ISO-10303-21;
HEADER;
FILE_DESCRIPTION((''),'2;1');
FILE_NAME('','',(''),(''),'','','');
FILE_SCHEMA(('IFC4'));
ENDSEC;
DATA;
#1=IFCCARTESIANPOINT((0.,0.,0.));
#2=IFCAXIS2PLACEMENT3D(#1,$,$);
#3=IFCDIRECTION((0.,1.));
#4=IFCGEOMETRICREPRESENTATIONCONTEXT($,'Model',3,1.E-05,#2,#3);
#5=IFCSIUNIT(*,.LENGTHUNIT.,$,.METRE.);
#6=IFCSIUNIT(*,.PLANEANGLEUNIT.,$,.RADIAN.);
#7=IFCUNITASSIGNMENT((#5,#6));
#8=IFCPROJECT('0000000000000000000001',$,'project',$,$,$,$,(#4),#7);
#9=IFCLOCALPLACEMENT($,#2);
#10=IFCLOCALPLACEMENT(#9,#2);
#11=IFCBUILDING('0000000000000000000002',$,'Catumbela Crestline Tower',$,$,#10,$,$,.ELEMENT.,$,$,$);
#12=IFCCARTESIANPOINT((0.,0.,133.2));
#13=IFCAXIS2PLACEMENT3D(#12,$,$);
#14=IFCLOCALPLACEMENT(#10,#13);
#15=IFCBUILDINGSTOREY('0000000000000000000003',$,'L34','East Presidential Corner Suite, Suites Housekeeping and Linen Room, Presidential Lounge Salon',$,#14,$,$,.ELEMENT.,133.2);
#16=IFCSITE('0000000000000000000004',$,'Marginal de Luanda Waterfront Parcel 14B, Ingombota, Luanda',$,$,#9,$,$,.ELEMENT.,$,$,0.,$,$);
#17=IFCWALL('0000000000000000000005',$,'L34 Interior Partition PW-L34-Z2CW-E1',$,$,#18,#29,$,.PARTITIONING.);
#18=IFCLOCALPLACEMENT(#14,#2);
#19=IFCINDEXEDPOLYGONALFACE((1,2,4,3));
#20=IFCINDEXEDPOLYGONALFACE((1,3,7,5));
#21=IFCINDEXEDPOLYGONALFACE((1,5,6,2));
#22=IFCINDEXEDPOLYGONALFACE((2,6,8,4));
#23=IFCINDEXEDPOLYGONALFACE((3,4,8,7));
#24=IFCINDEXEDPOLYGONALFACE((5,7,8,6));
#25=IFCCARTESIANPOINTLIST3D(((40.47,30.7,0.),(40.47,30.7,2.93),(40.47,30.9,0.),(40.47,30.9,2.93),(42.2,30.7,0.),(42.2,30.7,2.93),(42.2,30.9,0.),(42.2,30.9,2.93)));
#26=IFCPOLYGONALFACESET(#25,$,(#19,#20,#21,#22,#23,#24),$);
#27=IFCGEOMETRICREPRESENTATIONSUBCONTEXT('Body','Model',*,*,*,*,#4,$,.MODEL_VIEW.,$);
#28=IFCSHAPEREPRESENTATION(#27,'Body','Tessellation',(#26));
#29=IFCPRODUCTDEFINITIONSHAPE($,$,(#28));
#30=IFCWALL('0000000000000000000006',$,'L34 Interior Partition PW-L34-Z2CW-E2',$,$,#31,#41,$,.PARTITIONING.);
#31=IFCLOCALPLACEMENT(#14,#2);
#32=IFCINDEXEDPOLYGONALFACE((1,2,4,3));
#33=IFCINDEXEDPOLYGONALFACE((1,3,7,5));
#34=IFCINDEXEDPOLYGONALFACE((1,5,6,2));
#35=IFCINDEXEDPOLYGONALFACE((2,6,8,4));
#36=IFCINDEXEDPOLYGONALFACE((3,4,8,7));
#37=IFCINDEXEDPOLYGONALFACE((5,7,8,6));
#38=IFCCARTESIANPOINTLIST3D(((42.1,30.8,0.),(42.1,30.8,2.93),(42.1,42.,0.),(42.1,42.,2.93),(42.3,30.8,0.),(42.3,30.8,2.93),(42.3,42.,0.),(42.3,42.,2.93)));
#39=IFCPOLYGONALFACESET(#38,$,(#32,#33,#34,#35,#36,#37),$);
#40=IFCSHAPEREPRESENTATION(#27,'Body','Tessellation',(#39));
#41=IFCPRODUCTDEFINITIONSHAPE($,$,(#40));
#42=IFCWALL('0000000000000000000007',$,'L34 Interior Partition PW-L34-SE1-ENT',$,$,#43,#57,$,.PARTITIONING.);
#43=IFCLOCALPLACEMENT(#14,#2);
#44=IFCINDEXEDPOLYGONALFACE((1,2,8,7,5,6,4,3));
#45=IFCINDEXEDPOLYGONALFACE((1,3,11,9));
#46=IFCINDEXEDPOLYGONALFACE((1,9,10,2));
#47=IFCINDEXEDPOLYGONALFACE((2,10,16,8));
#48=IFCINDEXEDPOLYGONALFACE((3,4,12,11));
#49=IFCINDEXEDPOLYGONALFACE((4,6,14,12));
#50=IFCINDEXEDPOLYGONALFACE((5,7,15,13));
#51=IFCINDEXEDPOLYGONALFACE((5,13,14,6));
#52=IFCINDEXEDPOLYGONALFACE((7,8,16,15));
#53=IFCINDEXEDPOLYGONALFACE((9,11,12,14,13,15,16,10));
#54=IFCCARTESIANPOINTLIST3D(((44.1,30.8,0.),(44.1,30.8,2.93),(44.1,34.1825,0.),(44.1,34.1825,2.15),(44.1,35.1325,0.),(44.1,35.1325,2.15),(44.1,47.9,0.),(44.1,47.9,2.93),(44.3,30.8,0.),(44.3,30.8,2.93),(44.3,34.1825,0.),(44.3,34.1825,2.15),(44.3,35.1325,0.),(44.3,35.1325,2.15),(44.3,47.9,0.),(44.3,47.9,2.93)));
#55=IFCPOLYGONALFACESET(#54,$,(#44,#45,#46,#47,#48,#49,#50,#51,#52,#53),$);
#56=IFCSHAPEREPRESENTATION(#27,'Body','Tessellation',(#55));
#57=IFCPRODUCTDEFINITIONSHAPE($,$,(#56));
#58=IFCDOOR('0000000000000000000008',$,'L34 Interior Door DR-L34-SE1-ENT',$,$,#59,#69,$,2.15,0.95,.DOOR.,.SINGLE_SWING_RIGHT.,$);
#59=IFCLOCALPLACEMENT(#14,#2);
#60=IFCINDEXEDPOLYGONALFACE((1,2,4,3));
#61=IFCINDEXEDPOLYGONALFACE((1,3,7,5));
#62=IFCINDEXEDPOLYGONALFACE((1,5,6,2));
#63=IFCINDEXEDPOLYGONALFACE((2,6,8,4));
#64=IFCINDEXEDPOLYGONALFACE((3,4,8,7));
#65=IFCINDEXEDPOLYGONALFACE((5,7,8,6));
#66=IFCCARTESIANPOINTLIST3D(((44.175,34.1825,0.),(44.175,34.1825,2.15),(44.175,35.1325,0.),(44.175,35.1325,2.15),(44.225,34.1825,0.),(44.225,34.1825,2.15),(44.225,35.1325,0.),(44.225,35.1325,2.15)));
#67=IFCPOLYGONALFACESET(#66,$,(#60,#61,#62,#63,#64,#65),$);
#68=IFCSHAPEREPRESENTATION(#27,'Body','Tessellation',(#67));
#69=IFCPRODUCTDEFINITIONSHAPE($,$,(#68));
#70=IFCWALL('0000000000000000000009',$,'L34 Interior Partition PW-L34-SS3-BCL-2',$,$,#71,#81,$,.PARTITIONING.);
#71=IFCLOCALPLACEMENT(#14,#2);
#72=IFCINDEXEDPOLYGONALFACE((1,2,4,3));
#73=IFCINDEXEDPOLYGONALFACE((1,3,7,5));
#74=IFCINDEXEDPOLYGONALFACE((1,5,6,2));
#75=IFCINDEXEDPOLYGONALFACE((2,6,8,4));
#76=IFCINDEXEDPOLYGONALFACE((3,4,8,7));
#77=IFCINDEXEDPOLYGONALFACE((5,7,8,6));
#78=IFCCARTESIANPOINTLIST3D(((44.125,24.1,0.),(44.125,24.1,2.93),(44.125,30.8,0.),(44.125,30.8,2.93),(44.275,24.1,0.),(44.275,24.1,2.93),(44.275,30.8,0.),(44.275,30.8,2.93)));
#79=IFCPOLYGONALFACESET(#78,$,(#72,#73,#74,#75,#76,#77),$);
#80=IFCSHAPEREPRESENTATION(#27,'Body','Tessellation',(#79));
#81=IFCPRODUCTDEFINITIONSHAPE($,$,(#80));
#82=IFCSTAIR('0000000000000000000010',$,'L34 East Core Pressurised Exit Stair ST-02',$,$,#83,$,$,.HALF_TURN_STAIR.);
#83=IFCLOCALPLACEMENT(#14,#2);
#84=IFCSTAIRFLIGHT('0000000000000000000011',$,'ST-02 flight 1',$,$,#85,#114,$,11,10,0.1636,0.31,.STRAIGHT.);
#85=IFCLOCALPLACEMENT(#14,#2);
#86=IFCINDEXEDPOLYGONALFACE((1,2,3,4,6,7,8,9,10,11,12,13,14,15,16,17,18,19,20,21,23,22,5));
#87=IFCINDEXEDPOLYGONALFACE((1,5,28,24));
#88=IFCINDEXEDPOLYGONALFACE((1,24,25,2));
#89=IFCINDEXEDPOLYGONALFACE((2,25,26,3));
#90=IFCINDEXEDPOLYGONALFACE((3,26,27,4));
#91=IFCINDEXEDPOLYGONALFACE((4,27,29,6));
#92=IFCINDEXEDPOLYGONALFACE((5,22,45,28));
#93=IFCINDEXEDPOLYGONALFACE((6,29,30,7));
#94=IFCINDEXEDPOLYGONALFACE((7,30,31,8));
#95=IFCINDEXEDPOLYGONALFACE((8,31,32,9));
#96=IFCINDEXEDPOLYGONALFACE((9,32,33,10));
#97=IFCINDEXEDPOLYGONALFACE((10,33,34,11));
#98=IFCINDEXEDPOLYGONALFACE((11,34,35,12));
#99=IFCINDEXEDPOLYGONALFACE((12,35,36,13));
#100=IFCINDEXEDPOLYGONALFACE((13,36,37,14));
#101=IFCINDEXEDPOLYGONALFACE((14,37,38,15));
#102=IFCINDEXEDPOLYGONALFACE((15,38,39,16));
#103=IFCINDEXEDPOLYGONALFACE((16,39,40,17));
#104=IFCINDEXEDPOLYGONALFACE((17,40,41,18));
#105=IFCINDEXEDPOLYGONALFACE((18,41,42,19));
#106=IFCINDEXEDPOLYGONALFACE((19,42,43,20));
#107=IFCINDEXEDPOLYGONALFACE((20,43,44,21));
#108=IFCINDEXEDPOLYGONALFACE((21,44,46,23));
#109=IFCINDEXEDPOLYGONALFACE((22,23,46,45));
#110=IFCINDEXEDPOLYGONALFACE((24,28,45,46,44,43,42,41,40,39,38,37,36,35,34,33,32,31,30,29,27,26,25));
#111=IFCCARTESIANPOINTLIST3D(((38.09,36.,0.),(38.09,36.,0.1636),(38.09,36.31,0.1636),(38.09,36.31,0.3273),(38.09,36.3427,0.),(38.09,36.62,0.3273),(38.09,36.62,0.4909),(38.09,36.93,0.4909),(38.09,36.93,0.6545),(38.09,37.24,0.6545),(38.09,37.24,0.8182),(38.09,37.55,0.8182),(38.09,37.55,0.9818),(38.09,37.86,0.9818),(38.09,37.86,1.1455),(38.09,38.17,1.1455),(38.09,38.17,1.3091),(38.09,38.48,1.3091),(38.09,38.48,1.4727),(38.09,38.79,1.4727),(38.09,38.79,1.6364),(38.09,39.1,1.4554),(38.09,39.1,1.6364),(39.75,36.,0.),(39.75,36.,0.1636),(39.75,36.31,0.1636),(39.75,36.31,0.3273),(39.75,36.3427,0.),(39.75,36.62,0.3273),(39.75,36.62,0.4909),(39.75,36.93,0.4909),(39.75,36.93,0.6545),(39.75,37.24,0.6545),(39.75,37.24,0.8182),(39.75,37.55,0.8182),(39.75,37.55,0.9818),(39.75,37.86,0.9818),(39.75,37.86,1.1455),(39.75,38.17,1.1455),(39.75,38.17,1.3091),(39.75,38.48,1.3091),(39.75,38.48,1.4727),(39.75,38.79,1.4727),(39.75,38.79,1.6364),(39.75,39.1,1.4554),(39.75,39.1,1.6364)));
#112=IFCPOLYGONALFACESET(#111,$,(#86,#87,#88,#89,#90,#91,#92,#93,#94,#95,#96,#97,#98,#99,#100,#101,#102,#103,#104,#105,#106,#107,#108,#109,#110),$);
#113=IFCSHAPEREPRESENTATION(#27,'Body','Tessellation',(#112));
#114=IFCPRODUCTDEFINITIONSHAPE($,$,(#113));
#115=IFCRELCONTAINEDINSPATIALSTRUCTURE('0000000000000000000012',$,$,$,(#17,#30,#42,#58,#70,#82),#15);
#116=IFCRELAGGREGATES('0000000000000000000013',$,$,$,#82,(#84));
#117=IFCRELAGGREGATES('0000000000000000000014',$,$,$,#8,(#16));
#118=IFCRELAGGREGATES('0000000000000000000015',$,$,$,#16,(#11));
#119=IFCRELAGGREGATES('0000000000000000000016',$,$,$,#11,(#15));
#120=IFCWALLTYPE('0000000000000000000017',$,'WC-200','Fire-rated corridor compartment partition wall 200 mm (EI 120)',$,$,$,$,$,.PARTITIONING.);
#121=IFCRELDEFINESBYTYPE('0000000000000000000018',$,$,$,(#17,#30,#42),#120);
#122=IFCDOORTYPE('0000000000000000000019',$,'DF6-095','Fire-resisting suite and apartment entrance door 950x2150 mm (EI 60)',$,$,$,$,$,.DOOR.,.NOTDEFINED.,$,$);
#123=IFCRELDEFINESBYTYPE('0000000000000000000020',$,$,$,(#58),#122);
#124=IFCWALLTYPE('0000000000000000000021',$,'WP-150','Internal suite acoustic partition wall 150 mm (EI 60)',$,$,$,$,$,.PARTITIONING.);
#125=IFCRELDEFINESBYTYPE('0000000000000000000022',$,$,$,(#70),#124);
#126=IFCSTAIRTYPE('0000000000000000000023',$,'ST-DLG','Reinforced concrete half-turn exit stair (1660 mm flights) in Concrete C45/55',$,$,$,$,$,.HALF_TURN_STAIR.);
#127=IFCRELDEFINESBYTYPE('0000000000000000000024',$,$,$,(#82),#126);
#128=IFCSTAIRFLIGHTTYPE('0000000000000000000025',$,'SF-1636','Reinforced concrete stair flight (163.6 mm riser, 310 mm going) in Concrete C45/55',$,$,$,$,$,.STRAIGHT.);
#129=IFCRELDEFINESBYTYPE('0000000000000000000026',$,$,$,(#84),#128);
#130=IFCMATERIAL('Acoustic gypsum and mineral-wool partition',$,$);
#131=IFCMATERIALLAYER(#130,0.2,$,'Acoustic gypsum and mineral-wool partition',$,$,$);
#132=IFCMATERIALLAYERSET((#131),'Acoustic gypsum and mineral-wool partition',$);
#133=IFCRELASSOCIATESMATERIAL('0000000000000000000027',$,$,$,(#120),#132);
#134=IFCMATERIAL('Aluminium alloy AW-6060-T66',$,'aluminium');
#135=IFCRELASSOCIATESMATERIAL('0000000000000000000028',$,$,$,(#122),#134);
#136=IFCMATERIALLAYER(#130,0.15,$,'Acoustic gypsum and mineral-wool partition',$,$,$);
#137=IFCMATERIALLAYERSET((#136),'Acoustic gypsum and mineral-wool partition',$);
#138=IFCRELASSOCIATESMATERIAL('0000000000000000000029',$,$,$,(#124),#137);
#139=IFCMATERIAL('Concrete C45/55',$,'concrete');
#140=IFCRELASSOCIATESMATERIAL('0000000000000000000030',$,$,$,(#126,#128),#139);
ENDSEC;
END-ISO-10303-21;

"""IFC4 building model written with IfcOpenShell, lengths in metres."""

from ifc_helpers import new_model, si_unit, direction, frame, frame_2d, origin, place, context, subcontext, project, spatial, polyline, rectangle, outline, extrude, material, layer, layer_set, type_object, element, fill, aggregate, save


model = new_model("IFC4")

# Units and contexts
model_context = context("Model", 3, precision=1e-05, world=origin(), true_north=direction((0.0, 1.0)))
body_context = subcontext(model_context, "Body", "Model", "MODEL_VIEW")
ifc_project = project(units=[si_unit("LENGTHUNIT", "METRE"), si_unit("PLANEANGLEUNIT", "RADIAN")], contexts=[model_context])

# Site, building, storey
site_placement = place(None, origin())
site = spatial("IfcSite", under=ifc_project, at=site_placement, Name="Marginal de Luanda Waterfront Parcel 14B, Ingombota, Luanda", CompositionType="ELEMENT", RefElevation=0.0)
building_placement = place(site_placement, origin())
building = spatial("IfcBuilding", under=site, at=building_placement, Name="Catumbela Crestline Tower", CompositionType="ELEMENT")
storey_placement = place(building_placement, frame((0.0, 0.0, 133.2)))
storey = spatial("IfcBuildingStorey", under=building, at=storey_placement, Name="L34", Description="East Presidential Corner Suite, Suites Housekeeping and Linen Room, Presidential Lounge Salon", CompositionType="ELEMENT", Elevation=133.2)

# Shared definitions
ifc_material_1 = material(Name="Aluminium alloy AW-6060-T66", Category="aluminium")

# Walls
ifc_material_2 = material(Name="Acoustic gypsum and mineral-wool partition")
ifc_layer_1 = layer(ifc_material_2, 0.2, Name="Acoustic gypsum and mineral-wool partition")
ifc_layer_set_1 = layer_set([ifc_layer_1], Name="Acoustic gypsum and mineral-wool partition")
wall_type_1 = type_object("IfcWallType", Name="WC-200", Description="Fire-rated corridor compartment partition wall 200 mm (EI 120)", PredefinedType="PARTITIONING", material=ifc_layer_set_1)
wall_1_placement = place(storey_placement, frame((40.47, 30.8, 0.0), z_axis=(0.0, 0.0, 1.0), x_axis=(1.0, 0.0, 0.0)))
element("IfcWall", 1, at=wall_1_placement, inside=storey, type_object=wall_type_1, Name="L34 Interior Partition PW-L34-Z2CW-E1", PredefinedType="PARTITIONING", context=body_context, shape_type="SweptSolid", body=[
    extrude(rectangle(XDim=1.73, YDim=0.2, at=frame_2d((0.865, 0.0))), origin(), (0.0, 0.0, 1.0), 2.93),
])
wall_2_placement = place(storey_placement, frame((42.2, 30.8, 0.0), z_axis=(0.0, 0.0, 1.0), x_axis=(0.0, 1.0, 0.0)))
element("IfcWall", 2, at=wall_2_placement, inside=storey, type_object=wall_type_1, Name="L34 Interior Partition PW-L34-Z2CW-E2", PredefinedType="PARTITIONING", context=body_context, shape_type="SweptSolid", body=[
    extrude(rectangle(XDim=11.2, YDim=0.2, at=frame_2d((5.6, 0.0))), origin(), (0.0, 0.0, 1.0), 2.93),
])

# Wall, opening, door
wall_3_placement = place(storey_placement, frame((44.2, 30.8, 0.0), z_axis=(0.0, 0.0, 1.0), x_axis=(0.0, 1.0, 0.0)))
wall_3 = element("IfcWall", 3, at=wall_3_placement, inside=storey, type_object=wall_type_1, Name="L34 Interior Partition PW-L34-SE1-ENT", PredefinedType="PARTITIONING", context=body_context, shape_type="SweptSolid", body=[
    extrude(rectangle(XDim=17.1, YDim=0.2, at=frame_2d((8.55, 0.0))), origin(), (0.0, 0.0, 1.0), 2.93),
])
opening_placement = place(wall_3_placement, frame((3.3825, 0.0, 0.0)))
opening = element("IfcOpeningElement", 4, at=opening_placement, cuts=wall_3, PredefinedType="OPENING", context=body_context, shape_type="SweptSolid", body=[
    extrude(rectangle(XDim=0.95, YDim=2.15, at=frame_2d((0.475, 1.075))), frame((0.0, 0.11, 0.0), z_axis=(0.0, -1.0, 0.0), x_axis=(1.0, 0.0, 0.0)), (0.0, 0.0, 1.0), 0.22),
])
door_type = type_object("IfcDoorType", Name="DF6-095", Description="Fire-resisting suite and apartment entrance door 950x2150 mm (EI 60)", OperationType="NOTDEFINED", PredefinedType="DOOR", material=ifc_material_1)
door_placement = place(opening_placement, origin())
door = element("IfcDoor", 5, at=door_placement, inside=storey, type_object=door_type, Name="L34 Interior Door DR-L34-SE1-ENT", OperationType="SINGLE_SWING_RIGHT", OverallHeight=2.15, OverallWidth=0.95, PredefinedType="DOOR", context=body_context, shape_type="SweptSolid", body=[
    extrude(rectangle(XDim=0.95, YDim=2.15, at=frame_2d((0.475, 1.075))), frame((0.0, 0.025, 0.0), z_axis=(0.0, -1.0, 0.0), x_axis=(1.0, 0.0, 0.0)), (0.0, 0.0, 1.0), 0.05),
])
fill(opening, door)

# Wall
ifc_layer_2 = layer(ifc_material_2, 0.15, Name="Acoustic gypsum and mineral-wool partition")
ifc_layer_set_2 = layer_set([ifc_layer_2], Name="Acoustic gypsum and mineral-wool partition")
wall_type_2 = type_object("IfcWallType", Name="WP-150", Description="Internal suite acoustic partition wall 150 mm (EI 60)", PredefinedType="PARTITIONING", material=ifc_layer_set_2)
wall_4_placement = place(storey_placement, frame((44.2, 30.8, 0.0), z_axis=(0.0, 0.0, 1.0), x_axis=(0.0, -1.0, 0.0)))
element("IfcWall", 6, at=wall_4_placement, inside=storey, type_object=wall_type_2, Name="L34 Interior Partition PW-L34-SS3-BCL-2", PredefinedType="PARTITIONING", context=body_context, shape_type="SweptSolid", body=[
    extrude(rectangle(XDim=6.7, YDim=0.15, at=frame_2d((3.35, 0.0))), origin(), (0.0, 0.0, 1.0), 2.93),
])

# Stair, stair flight
ifc_material_3 = material(Name="Concrete C45/55", Category="concrete")
stair_type = type_object("IfcStairType", Name="ST-DLG", Description="Reinforced concrete half-turn exit stair (1660 mm flights) in Concrete C45/55", PredefinedType="HALF_TURN_STAIR", material=ifc_material_3)
stair_placement = place(storey_placement, origin())
stair = element("IfcStair", 7, at=stair_placement, inside=storey, type_object=stair_type, Name="L34 East Core Pressurised Exit Stair ST-02", PredefinedType="HALF_TURN_STAIR")
stair_flight_type = type_object("IfcStairFlightType", Name="SF-1636", Description="Reinforced concrete stair flight (163.6 mm riser, 310 mm going) in Concrete C45/55", PredefinedType="STRAIGHT", material=ifc_material_3)
stair_flight_placement = place(storey_placement, frame((38.92, 36.0, 0.0), z_axis=(0.0, 0.0, 1.0), x_axis=(0.0, 1.0, 0.0)))
stair_flight = element("IfcStairFlight", 8, at=stair_flight_placement, type_object=stair_flight_type, Name="ST-02 flight 1", NumberOfRisers=11, NumberOfTreads=10, PredefinedType="STRAIGHT", RiserHeight=0.1636, TreadLength=0.31, context=body_context, shape_type="SweptSolid", body=[
    extrude(outline(polyline([(0.0, 0.0), (0.0, 0.1636), (0.31, 0.1636), (0.31, 0.3273), (0.62, 0.3273), (0.62, 0.4909), (0.93, 0.4909), (0.93, 0.6545), (1.24, 0.6545), (1.24, 0.8182), (1.55, 0.8182), (1.55, 0.9818), (1.86, 0.9818), (1.86, 1.1455), (2.17, 1.1455), (2.17, 1.3091), (2.48, 1.3091), (2.48, 1.4727), (2.79, 1.4727), (2.79, 1.6364), (3.1, 1.6364), (3.1, 1.8), (3.1, 1.4554), (0.3427, 0.0), (0.0, 0.0)])), frame((0.0, 0.83, 0.0), z_axis=(0.0, -1.0, 0.0), x_axis=(1.0, 0.0, 0.0)), (0.0, 0.0, 1.0), 1.66),
])
aggregate(stair, [stair_flight])

save(model, "model.ifc")
